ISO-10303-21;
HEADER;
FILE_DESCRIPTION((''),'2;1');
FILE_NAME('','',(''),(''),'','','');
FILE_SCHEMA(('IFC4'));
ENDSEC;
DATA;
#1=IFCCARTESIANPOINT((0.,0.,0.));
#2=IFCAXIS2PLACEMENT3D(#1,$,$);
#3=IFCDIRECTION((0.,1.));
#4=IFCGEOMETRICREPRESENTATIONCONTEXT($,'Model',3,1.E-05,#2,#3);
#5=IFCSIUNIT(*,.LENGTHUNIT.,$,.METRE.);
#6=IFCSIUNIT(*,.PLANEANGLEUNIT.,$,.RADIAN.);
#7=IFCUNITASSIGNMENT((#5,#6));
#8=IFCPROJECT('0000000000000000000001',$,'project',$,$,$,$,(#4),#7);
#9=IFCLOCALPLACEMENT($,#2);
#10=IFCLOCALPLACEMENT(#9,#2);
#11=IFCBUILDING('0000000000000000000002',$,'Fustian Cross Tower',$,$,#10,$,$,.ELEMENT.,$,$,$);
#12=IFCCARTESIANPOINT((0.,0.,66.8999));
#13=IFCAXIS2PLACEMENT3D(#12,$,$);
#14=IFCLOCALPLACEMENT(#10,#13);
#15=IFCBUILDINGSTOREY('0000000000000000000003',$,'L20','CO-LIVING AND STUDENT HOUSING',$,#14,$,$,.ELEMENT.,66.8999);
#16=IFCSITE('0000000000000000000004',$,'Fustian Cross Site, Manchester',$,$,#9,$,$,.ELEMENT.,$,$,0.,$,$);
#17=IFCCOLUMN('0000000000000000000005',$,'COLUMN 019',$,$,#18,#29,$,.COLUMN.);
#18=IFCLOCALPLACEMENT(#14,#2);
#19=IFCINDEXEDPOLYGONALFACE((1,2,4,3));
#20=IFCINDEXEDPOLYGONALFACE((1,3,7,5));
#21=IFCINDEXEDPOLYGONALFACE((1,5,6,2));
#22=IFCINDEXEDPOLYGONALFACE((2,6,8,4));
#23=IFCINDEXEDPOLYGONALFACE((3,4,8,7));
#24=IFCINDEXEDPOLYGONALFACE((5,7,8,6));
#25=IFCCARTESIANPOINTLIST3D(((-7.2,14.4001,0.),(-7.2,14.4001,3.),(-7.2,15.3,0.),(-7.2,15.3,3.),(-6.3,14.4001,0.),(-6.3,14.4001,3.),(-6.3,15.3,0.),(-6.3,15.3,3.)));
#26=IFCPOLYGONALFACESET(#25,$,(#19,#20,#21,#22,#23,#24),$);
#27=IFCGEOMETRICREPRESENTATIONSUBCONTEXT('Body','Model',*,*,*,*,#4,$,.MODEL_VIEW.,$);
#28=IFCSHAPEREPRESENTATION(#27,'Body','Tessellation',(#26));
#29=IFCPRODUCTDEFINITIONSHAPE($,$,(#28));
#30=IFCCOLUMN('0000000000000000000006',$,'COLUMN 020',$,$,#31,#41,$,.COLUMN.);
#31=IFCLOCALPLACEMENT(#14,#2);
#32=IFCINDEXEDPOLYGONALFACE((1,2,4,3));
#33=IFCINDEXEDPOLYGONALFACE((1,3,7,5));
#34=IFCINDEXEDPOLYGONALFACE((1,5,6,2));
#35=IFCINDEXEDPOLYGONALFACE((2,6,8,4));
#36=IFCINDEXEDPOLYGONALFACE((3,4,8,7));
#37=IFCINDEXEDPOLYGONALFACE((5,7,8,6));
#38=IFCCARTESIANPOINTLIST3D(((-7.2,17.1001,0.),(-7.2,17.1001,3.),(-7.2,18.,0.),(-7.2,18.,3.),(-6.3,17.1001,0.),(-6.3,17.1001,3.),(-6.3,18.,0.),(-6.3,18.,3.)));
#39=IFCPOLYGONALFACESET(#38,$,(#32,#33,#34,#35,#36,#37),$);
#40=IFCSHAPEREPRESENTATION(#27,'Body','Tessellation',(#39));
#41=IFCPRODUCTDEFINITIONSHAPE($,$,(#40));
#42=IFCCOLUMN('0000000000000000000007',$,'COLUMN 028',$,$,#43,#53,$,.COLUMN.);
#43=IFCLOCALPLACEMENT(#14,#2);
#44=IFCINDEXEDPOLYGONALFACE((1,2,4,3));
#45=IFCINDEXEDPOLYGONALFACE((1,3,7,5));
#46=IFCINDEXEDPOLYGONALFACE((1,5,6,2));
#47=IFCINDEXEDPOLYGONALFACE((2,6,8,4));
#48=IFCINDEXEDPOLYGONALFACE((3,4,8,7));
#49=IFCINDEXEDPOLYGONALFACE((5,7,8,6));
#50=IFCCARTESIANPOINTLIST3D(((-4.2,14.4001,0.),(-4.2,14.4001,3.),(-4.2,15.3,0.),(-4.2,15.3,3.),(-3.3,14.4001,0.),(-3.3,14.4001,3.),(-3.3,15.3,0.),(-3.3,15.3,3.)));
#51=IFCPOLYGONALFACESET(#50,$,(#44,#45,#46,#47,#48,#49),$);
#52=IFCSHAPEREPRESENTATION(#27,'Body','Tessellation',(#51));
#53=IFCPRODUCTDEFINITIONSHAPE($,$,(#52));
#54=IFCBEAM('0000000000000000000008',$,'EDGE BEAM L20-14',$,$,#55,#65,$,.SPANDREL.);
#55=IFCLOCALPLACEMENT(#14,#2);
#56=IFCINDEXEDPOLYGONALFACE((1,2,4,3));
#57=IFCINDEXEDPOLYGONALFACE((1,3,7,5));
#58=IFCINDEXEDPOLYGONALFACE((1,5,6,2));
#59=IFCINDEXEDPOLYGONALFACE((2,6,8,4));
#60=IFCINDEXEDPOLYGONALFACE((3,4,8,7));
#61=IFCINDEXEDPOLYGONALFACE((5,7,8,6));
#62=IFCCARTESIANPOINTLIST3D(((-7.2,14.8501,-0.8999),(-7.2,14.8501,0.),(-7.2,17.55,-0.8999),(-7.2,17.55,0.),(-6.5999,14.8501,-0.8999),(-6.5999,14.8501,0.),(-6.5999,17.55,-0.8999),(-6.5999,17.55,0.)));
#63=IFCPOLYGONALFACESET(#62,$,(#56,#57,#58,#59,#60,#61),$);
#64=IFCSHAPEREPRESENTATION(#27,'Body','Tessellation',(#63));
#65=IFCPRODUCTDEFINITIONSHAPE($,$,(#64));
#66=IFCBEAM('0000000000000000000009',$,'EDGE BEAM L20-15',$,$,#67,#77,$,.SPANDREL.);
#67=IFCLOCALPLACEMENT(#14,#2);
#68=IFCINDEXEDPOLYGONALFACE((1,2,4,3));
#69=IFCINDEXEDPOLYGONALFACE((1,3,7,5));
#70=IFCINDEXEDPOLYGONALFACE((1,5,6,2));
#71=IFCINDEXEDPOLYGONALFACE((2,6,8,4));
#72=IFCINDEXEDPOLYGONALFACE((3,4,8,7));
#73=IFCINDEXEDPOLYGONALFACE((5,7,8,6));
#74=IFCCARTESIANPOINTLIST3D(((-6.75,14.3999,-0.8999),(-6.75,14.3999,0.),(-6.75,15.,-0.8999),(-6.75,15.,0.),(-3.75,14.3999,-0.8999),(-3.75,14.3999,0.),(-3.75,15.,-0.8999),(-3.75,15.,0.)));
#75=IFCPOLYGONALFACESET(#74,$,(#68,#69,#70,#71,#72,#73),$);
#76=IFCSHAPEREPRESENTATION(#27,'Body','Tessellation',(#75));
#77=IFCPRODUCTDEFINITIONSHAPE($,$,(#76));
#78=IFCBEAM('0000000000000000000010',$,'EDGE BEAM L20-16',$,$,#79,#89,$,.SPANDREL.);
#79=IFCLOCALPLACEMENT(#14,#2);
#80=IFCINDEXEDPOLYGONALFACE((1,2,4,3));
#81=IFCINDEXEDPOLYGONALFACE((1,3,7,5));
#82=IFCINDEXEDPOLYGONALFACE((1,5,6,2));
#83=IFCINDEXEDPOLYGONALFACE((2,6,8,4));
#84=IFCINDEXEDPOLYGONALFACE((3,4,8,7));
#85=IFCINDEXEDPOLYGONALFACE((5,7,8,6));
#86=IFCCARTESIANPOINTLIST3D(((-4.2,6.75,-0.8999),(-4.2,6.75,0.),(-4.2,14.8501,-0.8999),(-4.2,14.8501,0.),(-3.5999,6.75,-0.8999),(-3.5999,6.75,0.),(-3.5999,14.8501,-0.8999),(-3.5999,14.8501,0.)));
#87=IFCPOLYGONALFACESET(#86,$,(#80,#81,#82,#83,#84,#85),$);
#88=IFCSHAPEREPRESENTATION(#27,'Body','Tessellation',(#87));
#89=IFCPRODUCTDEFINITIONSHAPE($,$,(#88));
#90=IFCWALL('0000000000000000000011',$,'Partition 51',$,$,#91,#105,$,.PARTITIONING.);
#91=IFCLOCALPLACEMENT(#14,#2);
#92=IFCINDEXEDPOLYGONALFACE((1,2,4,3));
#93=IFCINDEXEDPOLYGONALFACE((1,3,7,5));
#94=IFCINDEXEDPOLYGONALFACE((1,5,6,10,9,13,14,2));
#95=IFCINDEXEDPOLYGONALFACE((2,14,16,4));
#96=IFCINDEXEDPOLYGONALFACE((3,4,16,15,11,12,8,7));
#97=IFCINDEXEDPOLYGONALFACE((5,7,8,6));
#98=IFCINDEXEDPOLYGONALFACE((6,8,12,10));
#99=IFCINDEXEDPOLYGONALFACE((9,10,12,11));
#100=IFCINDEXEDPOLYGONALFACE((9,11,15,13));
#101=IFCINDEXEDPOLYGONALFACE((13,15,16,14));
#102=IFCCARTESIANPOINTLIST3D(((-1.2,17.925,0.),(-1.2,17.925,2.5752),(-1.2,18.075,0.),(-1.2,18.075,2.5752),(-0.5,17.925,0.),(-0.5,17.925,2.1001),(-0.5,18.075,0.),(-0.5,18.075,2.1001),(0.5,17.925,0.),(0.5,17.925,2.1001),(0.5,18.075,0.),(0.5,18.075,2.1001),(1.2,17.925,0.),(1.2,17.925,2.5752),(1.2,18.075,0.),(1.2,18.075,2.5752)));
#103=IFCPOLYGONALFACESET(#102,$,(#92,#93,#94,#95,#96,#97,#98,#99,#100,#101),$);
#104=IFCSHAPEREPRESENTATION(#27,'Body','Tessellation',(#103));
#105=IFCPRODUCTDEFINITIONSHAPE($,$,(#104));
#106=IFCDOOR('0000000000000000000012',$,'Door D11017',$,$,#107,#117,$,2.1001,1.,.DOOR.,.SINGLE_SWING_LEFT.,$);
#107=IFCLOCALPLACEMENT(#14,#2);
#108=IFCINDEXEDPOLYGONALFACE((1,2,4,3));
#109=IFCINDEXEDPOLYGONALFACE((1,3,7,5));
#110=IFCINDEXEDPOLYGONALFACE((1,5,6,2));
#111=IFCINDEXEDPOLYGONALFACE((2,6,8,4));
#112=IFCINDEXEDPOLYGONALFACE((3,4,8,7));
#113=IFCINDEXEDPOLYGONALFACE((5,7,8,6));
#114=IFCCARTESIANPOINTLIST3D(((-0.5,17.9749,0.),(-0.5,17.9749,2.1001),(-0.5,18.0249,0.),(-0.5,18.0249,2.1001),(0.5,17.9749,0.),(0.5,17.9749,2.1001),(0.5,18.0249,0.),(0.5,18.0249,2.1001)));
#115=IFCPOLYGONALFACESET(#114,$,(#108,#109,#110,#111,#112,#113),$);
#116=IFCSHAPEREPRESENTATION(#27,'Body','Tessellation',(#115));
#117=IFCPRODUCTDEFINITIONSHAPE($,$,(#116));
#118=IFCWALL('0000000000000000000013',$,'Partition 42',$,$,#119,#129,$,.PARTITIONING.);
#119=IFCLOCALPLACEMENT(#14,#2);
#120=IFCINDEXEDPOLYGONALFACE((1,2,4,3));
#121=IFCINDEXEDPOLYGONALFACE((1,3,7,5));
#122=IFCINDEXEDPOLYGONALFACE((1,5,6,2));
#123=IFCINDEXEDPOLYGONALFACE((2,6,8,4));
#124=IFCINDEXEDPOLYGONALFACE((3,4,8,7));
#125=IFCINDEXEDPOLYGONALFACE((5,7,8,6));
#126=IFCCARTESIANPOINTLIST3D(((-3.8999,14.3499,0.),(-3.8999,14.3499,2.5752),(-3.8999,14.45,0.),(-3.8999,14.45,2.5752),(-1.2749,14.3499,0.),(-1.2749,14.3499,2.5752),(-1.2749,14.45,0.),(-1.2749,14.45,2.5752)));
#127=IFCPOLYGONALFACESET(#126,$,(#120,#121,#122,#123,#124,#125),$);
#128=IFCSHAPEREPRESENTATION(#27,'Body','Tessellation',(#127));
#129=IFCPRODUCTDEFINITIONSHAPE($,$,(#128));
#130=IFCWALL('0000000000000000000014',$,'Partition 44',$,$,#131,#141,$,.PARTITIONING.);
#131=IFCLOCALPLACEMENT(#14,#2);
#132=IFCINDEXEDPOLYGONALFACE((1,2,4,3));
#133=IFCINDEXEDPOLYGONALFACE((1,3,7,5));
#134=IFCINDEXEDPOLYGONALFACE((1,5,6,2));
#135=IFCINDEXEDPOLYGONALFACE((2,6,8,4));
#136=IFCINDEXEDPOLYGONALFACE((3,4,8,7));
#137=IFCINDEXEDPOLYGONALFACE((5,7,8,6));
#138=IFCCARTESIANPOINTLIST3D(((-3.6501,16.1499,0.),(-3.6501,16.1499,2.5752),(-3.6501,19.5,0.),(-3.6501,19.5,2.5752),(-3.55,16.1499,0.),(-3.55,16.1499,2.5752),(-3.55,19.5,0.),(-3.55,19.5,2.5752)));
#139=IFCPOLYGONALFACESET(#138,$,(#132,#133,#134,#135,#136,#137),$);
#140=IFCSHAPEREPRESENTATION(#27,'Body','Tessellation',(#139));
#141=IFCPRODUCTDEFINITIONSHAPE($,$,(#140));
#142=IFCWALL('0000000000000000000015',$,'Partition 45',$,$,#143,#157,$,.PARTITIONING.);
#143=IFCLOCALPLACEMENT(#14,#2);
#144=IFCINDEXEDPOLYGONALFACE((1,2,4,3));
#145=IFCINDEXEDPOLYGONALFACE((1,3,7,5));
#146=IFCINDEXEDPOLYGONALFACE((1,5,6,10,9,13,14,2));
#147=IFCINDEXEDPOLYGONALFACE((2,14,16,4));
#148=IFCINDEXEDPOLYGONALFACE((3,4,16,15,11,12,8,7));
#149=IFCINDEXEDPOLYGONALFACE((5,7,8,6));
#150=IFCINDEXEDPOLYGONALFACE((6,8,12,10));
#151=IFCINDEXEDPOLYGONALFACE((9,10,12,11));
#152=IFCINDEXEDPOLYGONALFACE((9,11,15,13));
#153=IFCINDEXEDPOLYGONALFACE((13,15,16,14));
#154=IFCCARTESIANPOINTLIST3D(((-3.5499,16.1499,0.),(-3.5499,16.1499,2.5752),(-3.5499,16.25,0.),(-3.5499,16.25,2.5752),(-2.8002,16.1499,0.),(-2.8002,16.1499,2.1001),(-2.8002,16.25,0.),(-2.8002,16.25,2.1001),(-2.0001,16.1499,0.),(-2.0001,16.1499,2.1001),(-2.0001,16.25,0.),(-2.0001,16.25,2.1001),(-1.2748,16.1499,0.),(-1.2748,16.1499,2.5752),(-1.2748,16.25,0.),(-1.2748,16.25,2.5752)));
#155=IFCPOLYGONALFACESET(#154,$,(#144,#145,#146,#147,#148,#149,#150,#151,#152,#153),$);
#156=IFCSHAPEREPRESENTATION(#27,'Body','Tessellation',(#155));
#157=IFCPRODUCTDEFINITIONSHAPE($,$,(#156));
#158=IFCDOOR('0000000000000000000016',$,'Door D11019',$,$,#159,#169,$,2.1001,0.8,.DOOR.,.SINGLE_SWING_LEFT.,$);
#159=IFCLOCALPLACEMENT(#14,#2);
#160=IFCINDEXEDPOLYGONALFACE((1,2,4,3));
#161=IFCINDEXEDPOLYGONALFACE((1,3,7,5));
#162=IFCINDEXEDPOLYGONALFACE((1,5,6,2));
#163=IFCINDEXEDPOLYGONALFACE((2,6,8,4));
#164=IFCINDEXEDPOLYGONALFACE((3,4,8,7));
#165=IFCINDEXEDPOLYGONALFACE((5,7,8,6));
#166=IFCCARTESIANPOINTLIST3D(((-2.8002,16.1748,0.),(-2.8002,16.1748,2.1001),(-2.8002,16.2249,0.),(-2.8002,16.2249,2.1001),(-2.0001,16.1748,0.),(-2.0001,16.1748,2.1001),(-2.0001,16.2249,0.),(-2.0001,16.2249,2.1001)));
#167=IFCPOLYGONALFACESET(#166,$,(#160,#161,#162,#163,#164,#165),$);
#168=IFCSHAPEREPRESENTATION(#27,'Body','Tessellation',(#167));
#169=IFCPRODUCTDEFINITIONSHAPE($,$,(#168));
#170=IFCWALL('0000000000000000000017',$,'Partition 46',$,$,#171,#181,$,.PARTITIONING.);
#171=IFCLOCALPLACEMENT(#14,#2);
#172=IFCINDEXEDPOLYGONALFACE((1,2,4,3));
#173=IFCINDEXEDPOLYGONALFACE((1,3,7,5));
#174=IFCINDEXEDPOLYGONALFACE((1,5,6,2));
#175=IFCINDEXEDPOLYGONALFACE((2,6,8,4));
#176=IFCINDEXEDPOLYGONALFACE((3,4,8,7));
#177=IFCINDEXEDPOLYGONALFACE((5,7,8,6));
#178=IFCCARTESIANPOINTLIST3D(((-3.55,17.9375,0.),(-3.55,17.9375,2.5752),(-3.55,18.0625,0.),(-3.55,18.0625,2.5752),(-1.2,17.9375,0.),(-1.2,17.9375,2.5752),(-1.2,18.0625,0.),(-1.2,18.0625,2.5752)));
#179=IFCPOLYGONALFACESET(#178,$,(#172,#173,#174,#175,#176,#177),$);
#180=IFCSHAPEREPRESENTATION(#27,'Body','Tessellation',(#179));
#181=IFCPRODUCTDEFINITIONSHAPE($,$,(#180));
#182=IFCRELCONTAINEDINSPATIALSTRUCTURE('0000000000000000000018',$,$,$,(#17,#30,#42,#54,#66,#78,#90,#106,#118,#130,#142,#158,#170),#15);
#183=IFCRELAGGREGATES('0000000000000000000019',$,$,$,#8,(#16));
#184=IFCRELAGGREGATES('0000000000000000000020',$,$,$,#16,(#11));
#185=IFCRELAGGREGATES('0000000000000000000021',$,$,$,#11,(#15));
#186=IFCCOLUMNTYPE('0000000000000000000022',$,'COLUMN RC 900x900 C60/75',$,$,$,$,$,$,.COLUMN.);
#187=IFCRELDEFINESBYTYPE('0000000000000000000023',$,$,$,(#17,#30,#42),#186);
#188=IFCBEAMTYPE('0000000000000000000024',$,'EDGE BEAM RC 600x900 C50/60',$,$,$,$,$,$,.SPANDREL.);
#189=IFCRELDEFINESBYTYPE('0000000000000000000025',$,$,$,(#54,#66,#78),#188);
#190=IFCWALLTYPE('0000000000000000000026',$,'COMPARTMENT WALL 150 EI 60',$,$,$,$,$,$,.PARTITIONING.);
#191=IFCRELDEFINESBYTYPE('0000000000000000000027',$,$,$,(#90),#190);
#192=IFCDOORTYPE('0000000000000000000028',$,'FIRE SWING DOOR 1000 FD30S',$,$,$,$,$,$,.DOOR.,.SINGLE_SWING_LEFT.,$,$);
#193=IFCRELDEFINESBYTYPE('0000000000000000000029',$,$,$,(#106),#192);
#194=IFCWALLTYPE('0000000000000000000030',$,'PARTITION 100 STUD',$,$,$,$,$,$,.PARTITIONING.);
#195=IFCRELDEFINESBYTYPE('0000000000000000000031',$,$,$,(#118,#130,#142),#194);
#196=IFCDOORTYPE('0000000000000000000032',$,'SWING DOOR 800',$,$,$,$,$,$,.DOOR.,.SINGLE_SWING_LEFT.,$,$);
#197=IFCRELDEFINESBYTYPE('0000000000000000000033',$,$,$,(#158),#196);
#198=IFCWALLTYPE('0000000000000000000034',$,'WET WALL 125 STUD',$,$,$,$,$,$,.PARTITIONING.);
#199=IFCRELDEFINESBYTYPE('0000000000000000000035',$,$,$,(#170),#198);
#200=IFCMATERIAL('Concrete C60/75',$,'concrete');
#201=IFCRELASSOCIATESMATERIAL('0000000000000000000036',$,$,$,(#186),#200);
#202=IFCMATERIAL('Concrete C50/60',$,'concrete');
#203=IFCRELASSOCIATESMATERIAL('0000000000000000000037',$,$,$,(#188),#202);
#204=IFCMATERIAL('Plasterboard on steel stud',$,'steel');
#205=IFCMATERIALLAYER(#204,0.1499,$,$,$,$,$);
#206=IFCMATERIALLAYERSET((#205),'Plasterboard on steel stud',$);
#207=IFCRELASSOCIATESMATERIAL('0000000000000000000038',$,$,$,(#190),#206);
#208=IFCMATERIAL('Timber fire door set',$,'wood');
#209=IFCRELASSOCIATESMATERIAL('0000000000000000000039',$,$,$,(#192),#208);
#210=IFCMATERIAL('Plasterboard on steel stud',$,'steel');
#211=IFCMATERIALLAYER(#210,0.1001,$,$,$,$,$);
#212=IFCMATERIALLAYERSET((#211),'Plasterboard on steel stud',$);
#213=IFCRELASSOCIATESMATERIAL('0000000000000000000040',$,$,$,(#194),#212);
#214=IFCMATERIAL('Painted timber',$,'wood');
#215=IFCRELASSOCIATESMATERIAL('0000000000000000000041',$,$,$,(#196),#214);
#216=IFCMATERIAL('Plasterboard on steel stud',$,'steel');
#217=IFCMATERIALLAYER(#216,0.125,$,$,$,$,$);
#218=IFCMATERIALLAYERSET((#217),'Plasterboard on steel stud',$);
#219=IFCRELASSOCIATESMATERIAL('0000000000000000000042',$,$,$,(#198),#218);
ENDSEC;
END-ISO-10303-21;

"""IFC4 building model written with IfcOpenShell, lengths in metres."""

from ifc_helpers import new_model, si_unit, direction, frame, frame_2d, origin, origin_2d, place, context, subcontext, project, spatial, rectangle, extrude, material, layer, layer_set, material_profile, profile_set, type_object, element, fill, save


model = new_model("IFC4")

# Units and contexts
model_context = context("Model", 3, precision=1e-05, world=origin(), true_north=direction((0.0, 1.0)))
body_context = subcontext(model_context, "Body", "Model", "MODEL_VIEW")
ifc_project = project(units=[si_unit("LENGTHUNIT", "METRE"), si_unit("PLANEANGLEUNIT", "RADIAN")], contexts=[model_context])

# Site, building, storey
site_placement = place(None, origin())
site = spatial("IfcSite", under=ifc_project, at=site_placement, Name="Fustian Cross Site, Manchester", CompositionType="ELEMENT", RefElevation=0.0)
building_placement = place(site_placement, origin())
building = spatial("IfcBuilding", under=site, at=building_placement, Name="Fustian Cross Tower", CompositionType="ELEMENT")
storey_placement = place(building_placement, frame((0.0, 0.0, 66.8999)))
storey = spatial("IfcBuildingStorey", under=building, at=storey_placement, Name="L20", Description="CO-LIVING AND STUDENT HOUSING", CompositionType="ELEMENT", Elevation=66.8999)

# Columns
ifc_material_1 = material(Name="Concrete C60/75", Category="concrete")
ifc_material_profile_1 = material_profile(ifc_material_1, rectangle(XDim=0.8999, YDim=0.8999, at=origin_2d()), Name="RC 900x900")
ifc_profile_set_1 = profile_set([ifc_material_profile_1], Name="Concrete C60/75")
column_type = type_object("IfcColumnType", Name="COLUMN RC 900x900 C60/75", PredefinedType="COLUMN", material=ifc_profile_set_1)
for number, where, z_axis, x_axis, name in (
    (1, (-6.75, 14.8501, 0.0), (0.0, 0.0, 1.0), (1.0, 0.0, 0.0), "COLUMN 019"),
    (2, (-6.75, 17.55, 0.0), (0.0, 0.0, 1.0), (1.0, 0.0, 0.0), "COLUMN 020"),
    (3, (-3.75, 14.8501, 0.0), (0.0, 0.0, 1.0), (1.0, 0.0, 0.0), "COLUMN 028"),
):
    element("IfcColumn", number, at=place(storey_placement, frame(where, z_axis=z_axis, x_axis=x_axis)), inside=storey, type_object=column_type, Name=name, PredefinedType="COLUMN", context=body_context, shape_type="SweptSolid", body=[
        extrude(rectangle(XDim=0.8999, YDim=0.8999, at=origin_2d()), origin(), (0.0, 0.0, 1.0), 3.0),
    ])

# Beams
ifc_material_2 = material(Name="Concrete C50/60", Category="concrete")
ifc_material_profile_2 = material_profile(ifc_material_2, rectangle(XDim=0.6001, YDim=0.8999, at=origin_2d()), Name="RC 600x900")
ifc_profile_set_2 = profile_set([ifc_material_profile_2], Name="Concrete C50/60")
beam_type = type_object("IfcBeamType", Name="EDGE BEAM RC 600x900 C50/60", PredefinedType="SPANDREL", material=ifc_profile_set_2)
beam_1_placement = place(storey_placement, frame((-6.8999, 17.55, -0.45), z_axis=(0.0, -1.0, 0.0), x_axis=(1.0, 0.0, 0.0)))
element("IfcBeam", 4, at=beam_1_placement, inside=storey, type_object=beam_type, Name="EDGE BEAM L20-14", PredefinedType="SPANDREL", context=body_context, shape_type="SweptSolid", body=[
    extrude(rectangle(XDim=0.6001, YDim=0.8999, at=origin_2d()), origin(), (0.0, 0.0, 1.0), 2.7),
])
beam_2_placement = place(storey_placement, frame((-6.75, 14.7, -0.45), z_axis=(1.0, 0.0, 0.0), x_axis=(0.0, 1.0, 0.0)))
element("IfcBeam", 5, at=beam_2_placement, inside=storey, type_object=beam_type, Name="EDGE BEAM L20-15", PredefinedType="SPANDREL", context=body_context, shape_type="SweptSolid", body=[
    extrude(rectangle(XDim=0.6001, YDim=0.8999, at=origin_2d()), origin(), (0.0, 0.0, 1.0), 3.0),
])
beam_3_placement = place(storey_placement, frame((-3.8999, 14.8501, -0.45), z_axis=(0.0, -1.0, 0.0), x_axis=(1.0, 0.0, 0.0)))
element("IfcBeam", 6, at=beam_3_placement, inside=storey, type_object=beam_type, Name="EDGE BEAM L20-16", PredefinedType="SPANDREL", context=body_context, shape_type="SweptSolid", body=[
    extrude(rectangle(XDim=0.6001, YDim=0.8999, at=origin_2d()), origin(), (0.0, 0.0, 1.0), 8.1001),
])

# Wall, opening, door
ifc_material_3 = material(Name="Plasterboard on steel stud", Category="steel")
ifc_layer_1 = layer(ifc_material_3, 0.1499)
ifc_layer_set_1 = layer_set([ifc_layer_1], Name="Plasterboard on steel stud")
wall_type_1 = type_object("IfcWallType", Name="COMPARTMENT WALL 150 EI 60", PredefinedType="PARTITIONING", material=ifc_layer_set_1)
wall_1_placement = place(storey_placement, frame((-1.2, 18.0, 0.0), z_axis=(0.0, 0.0, 1.0), x_axis=(1.0, 0.0, 0.0)))
wall_1 = element("IfcWall", 7, at=wall_1_placement, inside=storey, type_object=wall_type_1, Name="Partition 51", PredefinedType="PARTITIONING", context=body_context, shape_type="SweptSolid", body=[
    extrude(rectangle(XDim=2.3999, YDim=0.1499, at=frame_2d((1.2, 0.0))), origin(), (0.0, 0.0, 1.0), 2.5752),
])
opening_1_placement = place(wall_1_placement, frame((0.7, 0.0, 0.0)))
opening_1 = element("IfcOpeningElement", 8, at=opening_1_placement, cuts=wall_1, PredefinedType="OPENING", context=body_context, shape_type="SweptSolid", body=[
    extrude(rectangle(XDim=1.0, YDim=2.1001, at=frame_2d((0.5, 1.05))), frame((0.0, 0.085, 0.0), z_axis=(0.0, -1.0, 0.0), x_axis=(1.0, 0.0, 0.0)), (0.0, 0.0, 1.0), 0.1699),
])
ifc_material_4 = material(Name="Timber fire door set", Category="wood")
door_type_1 = type_object("IfcDoorType", Name="FIRE SWING DOOR 1000 FD30S", OperationType="SINGLE_SWING_LEFT", PredefinedType="DOOR", material=ifc_material_4)
door_1_placement = place(opening_1_placement, origin())
door_1 = element("IfcDoor", 9, at=door_1_placement, inside=storey, type_object=door_type_1, Name="Door D11017", OperationType="SINGLE_SWING_LEFT", OverallHeight=2.1001, OverallWidth=1.0, PredefinedType="DOOR", context=body_context, shape_type="SweptSolid", body=[
    extrude(rectangle(XDim=1.0, YDim=2.1001, at=frame_2d((0.5, 1.05))), frame((0.0, 0.0249, 0.0), z_axis=(0.0, -1.0, 0.0), x_axis=(1.0, 0.0, 0.0)), (0.0, 0.0, 1.0), 0.05),
])
fill(opening_1, door_1)

# Walls
ifc_material_5 = material(Name="Plasterboard on steel stud", Category="steel")
ifc_layer_2 = layer(ifc_material_5, 0.1001)
ifc_layer_set_2 = layer_set([ifc_layer_2], Name="Plasterboard on steel stud")
wall_type_2 = type_object("IfcWallType", Name="PARTITION 100 STUD", PredefinedType="PARTITIONING", material=ifc_layer_set_2)
wall_2_placement = place(storey_placement, frame((-3.8999, 14.3999, 0.0), z_axis=(0.0, 0.0, 1.0), x_axis=(1.0, 0.0, 0.0)))
element("IfcWall", 10, at=wall_2_placement, inside=storey, type_object=wall_type_2, Name="Partition 42", PredefinedType="PARTITIONING", context=body_context, shape_type="SweptSolid", body=[
    extrude(rectangle(XDim=2.625, YDim=0.1001, at=frame_2d((1.3125, 0.0))), origin(), (0.0, 0.0, 1.0), 2.5752),
])
wall_3_placement = place(storey_placement, frame((-3.6001, 16.1499, 0.0), z_axis=(0.0, 0.0, 1.0), x_axis=(0.0, 1.0, 0.0)))
element("IfcWall", 11, at=wall_3_placement, inside=storey, type_object=wall_type_2, Name="Partition 44", PredefinedType="PARTITIONING", context=body_context, shape_type="SweptSolid", body=[
    extrude(rectangle(XDim=3.3501, YDim=0.1001, at=frame_2d((1.675, 0.0))), origin(), (0.0, 0.0, 1.0), 2.5752),
])

# Wall, opening, door
wall_4_placement = place(storey_placement, frame((-3.55, 16.2, 0.0), z_axis=(0.0, 0.0, 1.0), x_axis=(1.0, 0.0, 0.0)))
wall_4 = element("IfcWall", 12, at=wall_4_placement, inside=storey, type_object=wall_type_2, Name="Partition 45", PredefinedType="PARTITIONING", context=body_context, shape_type="SweptSolid", body=[
    extrude(rectangle(XDim=2.2751, YDim=0.1001, at=frame_2d((1.1377, 0.0))), origin(), (0.0, 0.0, 1.0), 2.5752),
])
opening_2_placement = place(wall_4_placement, frame((0.75, 0.0, 0.0)))
opening_2 = element("IfcOpeningElement", 13, at=opening_2_placement, cuts=wall_4, PredefinedType="OPENING", context=body_context, shape_type="SweptSolid", body=[
    extrude(rectangle(XDim=0.8, YDim=2.1001, at=frame_2d((0.3999, 1.05))), frame((0.0, 0.0601, 0.0), z_axis=(0.0, -1.0, 0.0), x_axis=(1.0, 0.0, 0.0)), (0.0, 0.0, 1.0), 0.1201),
])
ifc_material_6 = material(Name="Painted timber", Category="wood")
door_type_2 = type_object("IfcDoorType", Name="SWING DOOR 800", OperationType="SINGLE_SWING_LEFT", PredefinedType="DOOR", material=ifc_material_6)
door_2_placement = place(opening_2_placement, origin())
door_2 = element("IfcDoor", 14, at=door_2_placement, inside=storey, type_object=door_type_2, Name="Door D11019", OperationType="SINGLE_SWING_LEFT", OverallHeight=2.1001, OverallWidth=0.8, PredefinedType="DOOR", context=body_context, shape_type="SweptSolid", body=[
    extrude(rectangle(XDim=0.8, YDim=2.1001, at=frame_2d((0.3999, 1.05))), frame((0.0, 0.0249, 0.0), z_axis=(0.0, -1.0, 0.0), x_axis=(1.0, 0.0, 0.0)), (0.0, 0.0, 1.0), 0.05),
])
fill(opening_2, door_2)

# Wall
ifc_material_7 = material(Name="Plasterboard on steel stud", Category="steel")
ifc_layer_3 = layer(ifc_material_7, 0.125)
ifc_layer_set_3 = layer_set([ifc_layer_3], Name="Plasterboard on steel stud")
wall_type_3 = type_object("IfcWallType", Name="WET WALL 125 STUD", PredefinedType="PARTITIONING", material=ifc_layer_set_3)
wall_5_placement = place(storey_placement, frame((-3.55, 18.0, 0.0), z_axis=(0.0, 0.0, 1.0), x_axis=(1.0, 0.0, 0.0)))
element("IfcWall", 15, at=wall_5_placement, inside=storey, type_object=wall_type_3, Name="Partition 46", PredefinedType="PARTITIONING", context=body_context, shape_type="SweptSolid", body=[
    extrude(rectangle(XDim=2.3501, YDim=0.125, at=frame_2d((1.175, 0.0))), origin(), (0.0, 0.0, 1.0), 2.5752),
])

save(model, "model.ifc")
